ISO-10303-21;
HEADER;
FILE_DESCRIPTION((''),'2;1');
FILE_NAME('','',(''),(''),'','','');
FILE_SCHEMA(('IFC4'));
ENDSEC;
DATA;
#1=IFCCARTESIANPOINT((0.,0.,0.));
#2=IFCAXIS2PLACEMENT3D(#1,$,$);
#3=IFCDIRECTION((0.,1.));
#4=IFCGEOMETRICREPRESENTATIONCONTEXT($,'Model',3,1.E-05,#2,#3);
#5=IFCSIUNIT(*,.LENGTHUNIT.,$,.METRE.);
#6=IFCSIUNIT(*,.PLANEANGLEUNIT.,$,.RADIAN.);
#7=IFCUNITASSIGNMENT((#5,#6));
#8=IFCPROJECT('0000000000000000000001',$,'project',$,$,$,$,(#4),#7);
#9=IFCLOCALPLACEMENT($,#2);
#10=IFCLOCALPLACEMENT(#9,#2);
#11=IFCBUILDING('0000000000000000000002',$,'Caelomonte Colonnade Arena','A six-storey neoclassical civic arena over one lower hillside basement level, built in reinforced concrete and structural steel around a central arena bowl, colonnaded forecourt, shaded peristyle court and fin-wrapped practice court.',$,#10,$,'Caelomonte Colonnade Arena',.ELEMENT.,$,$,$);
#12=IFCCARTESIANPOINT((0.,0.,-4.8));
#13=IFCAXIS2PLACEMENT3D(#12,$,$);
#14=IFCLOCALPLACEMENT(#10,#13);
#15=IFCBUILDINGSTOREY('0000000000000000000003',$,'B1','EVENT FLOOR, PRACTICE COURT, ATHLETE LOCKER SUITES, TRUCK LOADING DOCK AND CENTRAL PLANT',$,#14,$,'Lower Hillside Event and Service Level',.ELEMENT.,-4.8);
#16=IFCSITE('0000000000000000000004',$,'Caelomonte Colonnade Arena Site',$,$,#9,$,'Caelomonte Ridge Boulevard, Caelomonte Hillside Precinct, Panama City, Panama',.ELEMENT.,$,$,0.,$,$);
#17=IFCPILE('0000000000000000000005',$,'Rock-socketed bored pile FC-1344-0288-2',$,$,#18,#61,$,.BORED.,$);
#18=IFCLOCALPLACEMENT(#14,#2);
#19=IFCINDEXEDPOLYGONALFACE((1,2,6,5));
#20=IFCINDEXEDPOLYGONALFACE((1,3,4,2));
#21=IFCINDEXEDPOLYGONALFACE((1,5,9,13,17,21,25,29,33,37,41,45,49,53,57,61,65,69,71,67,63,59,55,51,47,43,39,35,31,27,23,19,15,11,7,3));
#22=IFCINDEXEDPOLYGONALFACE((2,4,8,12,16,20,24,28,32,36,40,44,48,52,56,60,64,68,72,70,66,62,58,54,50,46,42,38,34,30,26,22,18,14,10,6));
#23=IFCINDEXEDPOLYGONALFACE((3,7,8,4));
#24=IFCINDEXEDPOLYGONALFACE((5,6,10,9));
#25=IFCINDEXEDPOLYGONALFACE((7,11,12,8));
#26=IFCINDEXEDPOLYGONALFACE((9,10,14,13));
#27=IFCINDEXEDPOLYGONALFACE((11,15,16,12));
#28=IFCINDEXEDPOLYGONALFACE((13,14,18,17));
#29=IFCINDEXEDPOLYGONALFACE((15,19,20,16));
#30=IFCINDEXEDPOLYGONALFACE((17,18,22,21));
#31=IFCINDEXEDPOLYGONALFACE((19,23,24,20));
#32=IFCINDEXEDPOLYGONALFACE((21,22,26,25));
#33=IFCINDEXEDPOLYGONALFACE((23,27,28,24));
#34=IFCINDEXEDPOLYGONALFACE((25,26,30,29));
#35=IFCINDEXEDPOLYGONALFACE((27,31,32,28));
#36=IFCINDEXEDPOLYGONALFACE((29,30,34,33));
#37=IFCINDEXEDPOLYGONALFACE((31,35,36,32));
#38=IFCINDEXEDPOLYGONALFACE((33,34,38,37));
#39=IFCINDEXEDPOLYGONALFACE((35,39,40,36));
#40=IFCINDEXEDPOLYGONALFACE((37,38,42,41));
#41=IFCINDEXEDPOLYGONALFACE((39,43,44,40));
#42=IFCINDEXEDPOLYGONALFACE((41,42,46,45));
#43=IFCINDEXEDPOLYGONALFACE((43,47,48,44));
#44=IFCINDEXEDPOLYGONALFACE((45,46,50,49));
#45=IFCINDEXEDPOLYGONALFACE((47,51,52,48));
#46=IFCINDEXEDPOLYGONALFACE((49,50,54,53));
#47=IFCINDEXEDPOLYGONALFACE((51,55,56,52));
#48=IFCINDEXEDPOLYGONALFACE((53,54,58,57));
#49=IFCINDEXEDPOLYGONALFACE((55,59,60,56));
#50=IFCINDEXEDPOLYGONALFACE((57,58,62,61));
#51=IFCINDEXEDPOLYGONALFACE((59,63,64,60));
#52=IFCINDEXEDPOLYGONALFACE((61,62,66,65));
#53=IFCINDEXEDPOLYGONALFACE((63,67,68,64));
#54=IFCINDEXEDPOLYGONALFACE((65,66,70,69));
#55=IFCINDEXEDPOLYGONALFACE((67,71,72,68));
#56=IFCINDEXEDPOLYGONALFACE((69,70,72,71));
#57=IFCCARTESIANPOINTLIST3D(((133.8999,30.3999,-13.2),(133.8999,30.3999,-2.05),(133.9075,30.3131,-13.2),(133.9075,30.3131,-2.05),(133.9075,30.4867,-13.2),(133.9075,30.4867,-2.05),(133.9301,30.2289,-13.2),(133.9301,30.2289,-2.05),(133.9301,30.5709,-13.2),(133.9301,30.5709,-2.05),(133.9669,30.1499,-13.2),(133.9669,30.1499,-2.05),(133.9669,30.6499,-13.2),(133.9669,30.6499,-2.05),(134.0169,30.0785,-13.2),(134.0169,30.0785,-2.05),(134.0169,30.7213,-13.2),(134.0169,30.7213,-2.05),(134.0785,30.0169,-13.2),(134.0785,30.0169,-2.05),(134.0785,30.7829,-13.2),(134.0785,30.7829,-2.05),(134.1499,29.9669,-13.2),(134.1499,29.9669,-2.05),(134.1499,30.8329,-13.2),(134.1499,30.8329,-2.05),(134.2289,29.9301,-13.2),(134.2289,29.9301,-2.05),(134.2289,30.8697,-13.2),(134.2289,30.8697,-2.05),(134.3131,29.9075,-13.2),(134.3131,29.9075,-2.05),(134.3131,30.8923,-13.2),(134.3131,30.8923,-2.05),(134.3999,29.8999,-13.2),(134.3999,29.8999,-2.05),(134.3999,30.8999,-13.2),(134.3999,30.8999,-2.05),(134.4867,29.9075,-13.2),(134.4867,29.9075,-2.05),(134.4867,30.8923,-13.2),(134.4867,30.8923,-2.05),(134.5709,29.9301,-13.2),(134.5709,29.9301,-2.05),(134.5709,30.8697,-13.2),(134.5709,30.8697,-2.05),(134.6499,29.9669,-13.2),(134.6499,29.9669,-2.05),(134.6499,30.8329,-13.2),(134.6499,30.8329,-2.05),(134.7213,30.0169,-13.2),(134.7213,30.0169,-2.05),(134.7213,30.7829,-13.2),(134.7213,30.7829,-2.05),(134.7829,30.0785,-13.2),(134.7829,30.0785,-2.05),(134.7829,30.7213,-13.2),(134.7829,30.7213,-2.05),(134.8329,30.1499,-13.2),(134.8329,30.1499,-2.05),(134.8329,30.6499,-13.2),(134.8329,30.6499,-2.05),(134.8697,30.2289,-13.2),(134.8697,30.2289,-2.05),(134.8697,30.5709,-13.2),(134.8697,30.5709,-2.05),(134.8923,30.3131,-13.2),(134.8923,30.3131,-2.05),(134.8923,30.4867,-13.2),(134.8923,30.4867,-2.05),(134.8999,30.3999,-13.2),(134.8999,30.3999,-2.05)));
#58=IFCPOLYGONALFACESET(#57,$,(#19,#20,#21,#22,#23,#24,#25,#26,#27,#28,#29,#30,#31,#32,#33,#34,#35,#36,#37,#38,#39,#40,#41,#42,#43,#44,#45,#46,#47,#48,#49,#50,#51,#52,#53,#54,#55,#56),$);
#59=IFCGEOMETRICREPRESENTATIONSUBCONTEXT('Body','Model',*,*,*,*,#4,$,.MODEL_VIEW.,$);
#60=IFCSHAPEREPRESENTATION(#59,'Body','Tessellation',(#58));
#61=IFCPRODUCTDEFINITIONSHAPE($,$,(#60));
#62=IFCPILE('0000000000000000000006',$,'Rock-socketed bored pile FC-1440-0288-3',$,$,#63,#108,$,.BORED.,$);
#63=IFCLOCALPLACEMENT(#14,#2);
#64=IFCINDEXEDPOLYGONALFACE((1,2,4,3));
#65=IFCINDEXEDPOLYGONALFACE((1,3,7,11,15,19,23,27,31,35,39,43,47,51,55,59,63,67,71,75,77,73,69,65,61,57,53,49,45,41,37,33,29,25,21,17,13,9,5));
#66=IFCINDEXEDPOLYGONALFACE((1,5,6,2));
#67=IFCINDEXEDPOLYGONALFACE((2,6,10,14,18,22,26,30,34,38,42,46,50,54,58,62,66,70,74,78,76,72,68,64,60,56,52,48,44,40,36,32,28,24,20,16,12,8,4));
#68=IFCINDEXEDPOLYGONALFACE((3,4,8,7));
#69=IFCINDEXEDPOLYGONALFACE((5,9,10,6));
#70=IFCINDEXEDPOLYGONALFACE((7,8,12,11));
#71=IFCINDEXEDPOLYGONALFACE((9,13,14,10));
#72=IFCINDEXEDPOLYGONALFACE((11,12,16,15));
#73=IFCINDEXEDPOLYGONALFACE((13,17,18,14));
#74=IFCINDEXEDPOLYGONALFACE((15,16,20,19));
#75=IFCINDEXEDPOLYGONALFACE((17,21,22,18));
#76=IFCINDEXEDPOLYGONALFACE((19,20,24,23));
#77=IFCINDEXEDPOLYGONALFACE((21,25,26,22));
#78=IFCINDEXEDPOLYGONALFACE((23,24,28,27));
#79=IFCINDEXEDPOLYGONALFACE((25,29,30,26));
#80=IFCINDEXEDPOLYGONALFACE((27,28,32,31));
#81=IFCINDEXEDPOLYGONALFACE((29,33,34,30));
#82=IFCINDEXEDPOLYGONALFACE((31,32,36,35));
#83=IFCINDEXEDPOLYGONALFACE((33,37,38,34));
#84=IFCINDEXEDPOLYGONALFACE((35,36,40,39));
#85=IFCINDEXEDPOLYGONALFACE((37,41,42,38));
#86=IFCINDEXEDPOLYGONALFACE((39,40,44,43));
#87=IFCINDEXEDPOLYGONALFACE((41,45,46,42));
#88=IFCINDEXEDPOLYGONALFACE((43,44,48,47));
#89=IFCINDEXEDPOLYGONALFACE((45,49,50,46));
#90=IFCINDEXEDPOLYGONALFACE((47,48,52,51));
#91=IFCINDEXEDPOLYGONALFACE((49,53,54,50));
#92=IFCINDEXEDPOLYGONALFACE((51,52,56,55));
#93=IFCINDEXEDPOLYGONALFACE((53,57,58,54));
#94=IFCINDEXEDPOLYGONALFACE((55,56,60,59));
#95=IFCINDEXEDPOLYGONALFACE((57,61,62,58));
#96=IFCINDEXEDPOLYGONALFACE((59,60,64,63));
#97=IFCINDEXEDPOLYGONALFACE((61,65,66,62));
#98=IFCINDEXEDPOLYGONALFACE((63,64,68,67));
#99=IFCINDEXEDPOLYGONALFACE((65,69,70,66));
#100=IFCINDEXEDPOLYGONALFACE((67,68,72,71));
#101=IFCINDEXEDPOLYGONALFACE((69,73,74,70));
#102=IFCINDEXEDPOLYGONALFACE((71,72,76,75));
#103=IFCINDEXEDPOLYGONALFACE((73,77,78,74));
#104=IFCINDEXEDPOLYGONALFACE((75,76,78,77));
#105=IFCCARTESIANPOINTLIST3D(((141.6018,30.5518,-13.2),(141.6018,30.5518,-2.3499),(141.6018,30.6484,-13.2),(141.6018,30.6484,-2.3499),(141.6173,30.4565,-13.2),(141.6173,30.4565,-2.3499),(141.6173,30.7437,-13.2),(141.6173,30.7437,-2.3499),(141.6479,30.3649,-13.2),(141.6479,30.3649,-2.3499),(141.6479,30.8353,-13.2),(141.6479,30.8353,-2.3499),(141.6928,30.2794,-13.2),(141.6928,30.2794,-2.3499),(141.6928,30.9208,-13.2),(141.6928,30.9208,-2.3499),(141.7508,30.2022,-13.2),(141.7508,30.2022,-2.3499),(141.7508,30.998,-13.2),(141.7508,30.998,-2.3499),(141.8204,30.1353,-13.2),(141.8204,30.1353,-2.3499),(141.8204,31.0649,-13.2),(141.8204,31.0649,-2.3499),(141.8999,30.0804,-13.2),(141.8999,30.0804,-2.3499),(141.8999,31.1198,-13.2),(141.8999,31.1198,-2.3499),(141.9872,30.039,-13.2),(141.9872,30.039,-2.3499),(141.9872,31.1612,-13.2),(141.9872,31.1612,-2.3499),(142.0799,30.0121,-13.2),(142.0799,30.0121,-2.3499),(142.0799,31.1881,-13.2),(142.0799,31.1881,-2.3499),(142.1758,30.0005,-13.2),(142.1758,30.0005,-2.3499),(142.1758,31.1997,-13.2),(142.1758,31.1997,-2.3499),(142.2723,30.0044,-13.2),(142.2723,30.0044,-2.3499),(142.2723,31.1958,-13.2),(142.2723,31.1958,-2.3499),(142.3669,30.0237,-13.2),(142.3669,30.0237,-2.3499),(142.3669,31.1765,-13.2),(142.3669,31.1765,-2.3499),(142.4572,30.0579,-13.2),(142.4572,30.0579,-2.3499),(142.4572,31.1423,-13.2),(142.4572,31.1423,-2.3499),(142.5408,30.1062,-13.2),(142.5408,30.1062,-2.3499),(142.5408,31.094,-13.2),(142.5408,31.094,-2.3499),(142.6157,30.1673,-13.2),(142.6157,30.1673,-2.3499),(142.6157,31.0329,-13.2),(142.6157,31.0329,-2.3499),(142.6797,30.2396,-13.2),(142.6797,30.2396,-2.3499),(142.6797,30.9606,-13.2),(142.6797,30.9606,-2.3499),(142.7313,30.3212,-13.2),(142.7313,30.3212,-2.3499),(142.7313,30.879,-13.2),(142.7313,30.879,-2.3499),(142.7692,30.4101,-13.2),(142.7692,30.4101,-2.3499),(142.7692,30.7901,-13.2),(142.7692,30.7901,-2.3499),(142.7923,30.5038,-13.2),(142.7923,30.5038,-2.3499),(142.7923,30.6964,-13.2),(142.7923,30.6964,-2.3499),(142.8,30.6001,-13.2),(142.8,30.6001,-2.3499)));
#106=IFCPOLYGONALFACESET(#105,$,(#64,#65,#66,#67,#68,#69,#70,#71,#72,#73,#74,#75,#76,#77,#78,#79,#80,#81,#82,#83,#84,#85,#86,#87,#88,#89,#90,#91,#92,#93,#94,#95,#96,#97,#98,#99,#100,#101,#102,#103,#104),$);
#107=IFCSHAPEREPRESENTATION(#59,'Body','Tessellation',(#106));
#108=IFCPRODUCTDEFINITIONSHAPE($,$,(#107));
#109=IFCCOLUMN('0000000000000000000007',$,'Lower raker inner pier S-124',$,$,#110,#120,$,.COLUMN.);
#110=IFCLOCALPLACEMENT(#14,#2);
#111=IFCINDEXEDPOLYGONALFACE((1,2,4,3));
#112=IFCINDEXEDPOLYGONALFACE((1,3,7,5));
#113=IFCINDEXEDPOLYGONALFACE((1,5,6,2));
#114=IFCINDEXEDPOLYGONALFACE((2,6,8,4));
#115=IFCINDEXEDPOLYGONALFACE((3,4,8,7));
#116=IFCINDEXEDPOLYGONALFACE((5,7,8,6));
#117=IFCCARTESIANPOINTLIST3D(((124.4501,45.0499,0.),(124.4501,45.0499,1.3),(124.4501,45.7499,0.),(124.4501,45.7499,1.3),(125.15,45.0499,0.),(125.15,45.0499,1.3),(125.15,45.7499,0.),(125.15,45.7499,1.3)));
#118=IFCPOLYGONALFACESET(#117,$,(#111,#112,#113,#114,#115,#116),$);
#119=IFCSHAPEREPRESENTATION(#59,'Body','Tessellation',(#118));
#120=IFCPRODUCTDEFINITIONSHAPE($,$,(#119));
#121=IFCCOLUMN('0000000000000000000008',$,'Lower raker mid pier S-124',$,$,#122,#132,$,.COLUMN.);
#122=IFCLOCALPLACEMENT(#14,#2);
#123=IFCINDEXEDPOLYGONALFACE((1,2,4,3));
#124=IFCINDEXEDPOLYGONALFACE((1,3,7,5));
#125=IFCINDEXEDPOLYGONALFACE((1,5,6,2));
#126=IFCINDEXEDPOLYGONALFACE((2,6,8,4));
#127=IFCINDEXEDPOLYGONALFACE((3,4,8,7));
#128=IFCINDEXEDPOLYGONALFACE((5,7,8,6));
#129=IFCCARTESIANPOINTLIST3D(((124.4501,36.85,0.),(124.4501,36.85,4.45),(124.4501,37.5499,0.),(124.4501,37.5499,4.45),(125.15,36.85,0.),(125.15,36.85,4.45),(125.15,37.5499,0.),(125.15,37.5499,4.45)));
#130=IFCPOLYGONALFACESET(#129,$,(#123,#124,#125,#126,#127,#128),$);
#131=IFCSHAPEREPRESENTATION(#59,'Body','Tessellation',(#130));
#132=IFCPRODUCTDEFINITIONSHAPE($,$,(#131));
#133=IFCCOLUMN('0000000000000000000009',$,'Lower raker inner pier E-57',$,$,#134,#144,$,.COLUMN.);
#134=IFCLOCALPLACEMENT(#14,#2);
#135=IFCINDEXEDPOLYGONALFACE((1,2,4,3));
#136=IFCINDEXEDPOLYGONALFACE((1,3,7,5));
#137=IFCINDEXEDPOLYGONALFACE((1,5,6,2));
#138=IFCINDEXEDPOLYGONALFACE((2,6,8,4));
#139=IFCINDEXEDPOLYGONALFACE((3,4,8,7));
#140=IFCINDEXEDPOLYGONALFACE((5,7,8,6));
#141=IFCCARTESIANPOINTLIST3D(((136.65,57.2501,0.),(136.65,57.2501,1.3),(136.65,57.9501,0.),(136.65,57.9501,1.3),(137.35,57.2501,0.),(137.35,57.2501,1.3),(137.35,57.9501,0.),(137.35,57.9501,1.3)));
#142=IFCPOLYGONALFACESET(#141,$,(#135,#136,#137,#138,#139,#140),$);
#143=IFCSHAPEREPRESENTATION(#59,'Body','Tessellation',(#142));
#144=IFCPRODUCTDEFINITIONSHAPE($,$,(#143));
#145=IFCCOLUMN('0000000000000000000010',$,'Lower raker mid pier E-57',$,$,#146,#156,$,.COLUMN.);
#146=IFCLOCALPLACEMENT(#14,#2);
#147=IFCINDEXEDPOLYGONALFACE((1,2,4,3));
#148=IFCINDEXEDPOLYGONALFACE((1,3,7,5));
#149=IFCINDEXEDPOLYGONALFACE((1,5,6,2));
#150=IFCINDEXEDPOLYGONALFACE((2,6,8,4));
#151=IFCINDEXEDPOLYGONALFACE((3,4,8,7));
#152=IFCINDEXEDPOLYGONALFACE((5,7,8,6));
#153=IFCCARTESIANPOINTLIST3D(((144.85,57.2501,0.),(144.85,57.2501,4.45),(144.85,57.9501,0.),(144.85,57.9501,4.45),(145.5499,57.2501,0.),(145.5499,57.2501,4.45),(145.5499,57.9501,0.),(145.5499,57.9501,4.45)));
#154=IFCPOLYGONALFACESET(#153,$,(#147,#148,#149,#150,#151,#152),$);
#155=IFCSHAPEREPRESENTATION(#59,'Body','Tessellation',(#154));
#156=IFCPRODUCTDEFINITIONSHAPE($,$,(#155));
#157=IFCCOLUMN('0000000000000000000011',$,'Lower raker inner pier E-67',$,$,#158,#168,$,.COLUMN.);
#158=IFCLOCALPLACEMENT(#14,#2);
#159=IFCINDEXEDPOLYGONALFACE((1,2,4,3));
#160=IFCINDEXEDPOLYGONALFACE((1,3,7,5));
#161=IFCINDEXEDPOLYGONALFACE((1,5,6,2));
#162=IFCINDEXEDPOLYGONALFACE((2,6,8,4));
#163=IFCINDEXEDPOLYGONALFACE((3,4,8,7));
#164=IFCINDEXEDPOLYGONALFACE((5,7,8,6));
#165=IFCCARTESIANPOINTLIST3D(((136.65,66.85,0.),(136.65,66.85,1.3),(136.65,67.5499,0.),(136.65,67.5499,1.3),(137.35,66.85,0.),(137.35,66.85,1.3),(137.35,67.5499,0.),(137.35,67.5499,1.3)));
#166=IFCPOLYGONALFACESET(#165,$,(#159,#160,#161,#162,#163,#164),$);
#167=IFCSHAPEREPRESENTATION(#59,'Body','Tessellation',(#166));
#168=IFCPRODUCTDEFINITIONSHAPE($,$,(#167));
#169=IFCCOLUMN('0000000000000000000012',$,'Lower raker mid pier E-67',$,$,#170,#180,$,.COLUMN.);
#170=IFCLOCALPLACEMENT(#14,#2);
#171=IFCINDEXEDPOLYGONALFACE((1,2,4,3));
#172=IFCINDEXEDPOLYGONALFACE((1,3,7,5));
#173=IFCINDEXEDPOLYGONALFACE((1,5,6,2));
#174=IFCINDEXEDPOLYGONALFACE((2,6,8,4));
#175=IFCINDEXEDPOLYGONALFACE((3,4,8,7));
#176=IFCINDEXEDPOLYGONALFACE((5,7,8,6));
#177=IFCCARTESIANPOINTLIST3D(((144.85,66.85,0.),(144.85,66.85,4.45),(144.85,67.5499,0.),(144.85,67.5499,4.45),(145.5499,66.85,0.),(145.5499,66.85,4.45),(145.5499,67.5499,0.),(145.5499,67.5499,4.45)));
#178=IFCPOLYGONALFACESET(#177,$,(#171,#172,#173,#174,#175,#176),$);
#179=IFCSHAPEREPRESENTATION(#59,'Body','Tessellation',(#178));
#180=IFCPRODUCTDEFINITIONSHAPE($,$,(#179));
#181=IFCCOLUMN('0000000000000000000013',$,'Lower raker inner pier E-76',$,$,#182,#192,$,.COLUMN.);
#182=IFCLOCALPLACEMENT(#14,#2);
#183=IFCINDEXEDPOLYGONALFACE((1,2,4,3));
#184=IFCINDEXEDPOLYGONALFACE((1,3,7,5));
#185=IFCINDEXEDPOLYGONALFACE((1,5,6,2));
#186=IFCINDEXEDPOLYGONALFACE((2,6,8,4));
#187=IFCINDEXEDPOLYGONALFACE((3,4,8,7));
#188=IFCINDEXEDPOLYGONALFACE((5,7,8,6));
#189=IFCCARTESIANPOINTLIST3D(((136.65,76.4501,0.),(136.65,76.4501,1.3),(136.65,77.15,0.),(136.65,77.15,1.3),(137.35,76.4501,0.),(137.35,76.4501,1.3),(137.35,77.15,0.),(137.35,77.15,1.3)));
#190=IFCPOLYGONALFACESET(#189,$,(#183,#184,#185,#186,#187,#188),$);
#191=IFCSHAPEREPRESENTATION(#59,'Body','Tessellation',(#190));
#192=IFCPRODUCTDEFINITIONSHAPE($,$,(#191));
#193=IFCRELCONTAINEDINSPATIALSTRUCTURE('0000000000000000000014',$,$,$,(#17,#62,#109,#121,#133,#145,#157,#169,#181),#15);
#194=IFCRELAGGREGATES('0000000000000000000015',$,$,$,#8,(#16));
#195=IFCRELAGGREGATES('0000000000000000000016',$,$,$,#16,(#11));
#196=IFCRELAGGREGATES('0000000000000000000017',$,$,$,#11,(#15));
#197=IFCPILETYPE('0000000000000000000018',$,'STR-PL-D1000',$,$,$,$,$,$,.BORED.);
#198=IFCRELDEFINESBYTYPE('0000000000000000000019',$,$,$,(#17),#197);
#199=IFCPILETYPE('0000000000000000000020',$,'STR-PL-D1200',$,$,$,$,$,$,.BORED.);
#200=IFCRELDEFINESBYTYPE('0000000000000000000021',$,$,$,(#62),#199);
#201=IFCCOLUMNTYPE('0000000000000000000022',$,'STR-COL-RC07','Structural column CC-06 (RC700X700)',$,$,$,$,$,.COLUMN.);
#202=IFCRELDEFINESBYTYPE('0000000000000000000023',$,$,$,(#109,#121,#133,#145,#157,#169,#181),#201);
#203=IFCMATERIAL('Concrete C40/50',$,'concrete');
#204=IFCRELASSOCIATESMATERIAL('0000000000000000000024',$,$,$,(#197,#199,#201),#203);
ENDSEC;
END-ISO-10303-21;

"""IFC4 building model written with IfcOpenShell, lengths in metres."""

from ifc_helpers import new_model, si_unit, direction, frame, origin, origin_2d, place, context, subcontext, project, spatial, rectangle, circle, extrude, material, material_profile, profile_set, type_object, element, save


model = new_model("IFC4")

# Units and contexts
model_context = context("Model", 3, precision=1e-05, world=origin(), true_north=direction((0.0, 1.0)))
body_context = subcontext(model_context, "Body", "Model", "MODEL_VIEW")
ifc_project = project(units=[si_unit("LENGTHUNIT", "METRE"), si_unit("PLANEANGLEUNIT", "RADIAN")], contexts=[model_context])

# Site, building, storey
site_placement = place(None, origin())
site = spatial("IfcSite", under=ifc_project, at=site_placement, Name="Caelomonte Colonnade Arena Site", LongName="Caelomonte Ridge Boulevard, Caelomonte Hillside Precinct, Panama City, Panama", CompositionType="ELEMENT", RefElevation=0.0)
building_placement = place(site_placement, origin())
building = spatial("IfcBuilding", under=site, at=building_placement, Name="Caelomonte Colonnade Arena", Description="A six-storey neoclassical civic arena over one lower hillside basement level, built in reinforced concrete and structural steel around a central arena bowl, colonnaded forecourt, shaded peristyle court and fin-wrapped practice court.", LongName="Caelomonte Colonnade Arena", CompositionType="ELEMENT")
storey_placement = place(building_placement, frame((0.0, 0.0, -4.8)))
storey = spatial("IfcBuildingStorey", under=building, at=storey_placement, Name="B1", Description="EVENT FLOOR, PRACTICE COURT, ATHLETE LOCKER SUITES, TRUCK LOADING DOCK AND CENTRAL PLANT", LongName="Lower Hillside Event and Service Level", CompositionType="ELEMENT", Elevation=-4.8)

# Shared definitions
ifc_material_1 = material(Name="Concrete C40/50", Category="concrete")

# Piles
ifc_material_profile_1 = material_profile(ifc_material_1, circle(Radius=0.5, at=origin_2d()), Name="PILE-D1000")
ifc_profile_set_1 = profile_set([ifc_material_profile_1], Name="Concrete C40/50")
pile_type_1 = type_object("IfcPileType", Name="STR-PL-D1000", PredefinedType="BORED", material=ifc_profile_set_1)
for number, where, z_axis, x_axis, name in (
    (1, (134.3999, 30.3999, -2.05), (0.0, 0.0, -1.0), (1.0, 0.0, 0.0), "Rock-socketed bored pile FC-1344-0288-2"),
):
    element("IfcPile", number, at=place(storey_placement, frame(where, z_axis=z_axis, x_axis=x_axis)), inside=storey, type_object=pile_type_1, Name=name, PredefinedType="BORED", context=body_context, shape_type="SweptSolid", body=[
        extrude(circle(Radius=0.5, at=origin_2d()), origin(), (0.0, 0.0, 1.0), 11.1499),
    ])
ifc_material_profile_2 = material_profile(ifc_material_1, circle(Radius=0.6001, at=origin_2d()), Name="PILE-D1200")
ifc_profile_set_2 = profile_set([ifc_material_profile_2], Name="Concrete C40/50")
pile_type_2 = type_object("IfcPileType", Name="STR-PL-D1200", PredefinedType="BORED", material=ifc_profile_set_2)
pile_placement = place(storey_placement, frame((142.2, 30.6001, -2.3499), z_axis=(0.0, 0.0, -1.0), x_axis=(1.0, 0.0, 0.0)))
element("IfcPile", 2, at=pile_placement, inside=storey, type_object=pile_type_2, Name="Rock-socketed bored pile FC-1440-0288-3", PredefinedType="BORED", context=body_context, shape_type="SweptSolid", body=[
    extrude(circle(Radius=0.6001, at=origin_2d()), origin(), (0.0, 0.0, 1.0), 10.8501),
])

# Columns
ifc_material_profile_3 = material_profile(ifc_material_1, rectangle(XDim=0.7, YDim=0.7, at=origin_2d()), Name="RC700X700")
ifc_profile_set_3 = profile_set([ifc_material_profile_3], Name="Concrete C40/50")
column_type_1 = type_object("IfcColumnType", Name="STR-COL-RC07", Description="Structural column CC-06 (RC700X700)", PredefinedType="COLUMN", material=ifc_profile_set_3)
column_1_placement = place(storey_placement, frame((124.8, 45.3999, 0.0), z_axis=(0.0, 0.0, 1.0), x_axis=(1.0, 0.0, 0.0)))
element("IfcColumn", 3, at=column_1_placement, inside=storey, type_object=column_type_1, Name="Lower raker inner pier S-124", PredefinedType="COLUMN", context=body_context, shape_type="SweptSolid", body=[
    extrude(rectangle(XDim=0.7, YDim=0.7, at=origin_2d()), origin(), (0.0, 0.0, 1.0), 1.3),
])
column_2_placement = place(storey_placement, frame((124.8, 37.2, 0.0), z_axis=(0.0, 0.0, 1.0), x_axis=(1.0, 0.0, 0.0)))
element("IfcColumn", 4, at=column_2_placement, inside=storey, type_object=column_type_1, Name="Lower raker mid pier S-124", PredefinedType="COLUMN", context=body_context, shape_type="SweptSolid", body=[
    extrude(rectangle(XDim=0.7, YDim=0.7, at=origin_2d()), origin(), (0.0, 0.0, 1.0), 4.45),
])
column_3_placement = place(storey_placement, frame((137.0, 57.6001, 0.0), z_axis=(0.0, 0.0, 1.0), x_axis=(1.0, 0.0, 0.0)))
element("IfcColumn", 5, at=column_3_placement, inside=storey, type_object=column_type_1, Name="Lower raker inner pier E-57", PredefinedType="COLUMN", context=body_context, shape_type="SweptSolid", body=[
    extrude(rectangle(XDim=0.7, YDim=0.7, at=origin_2d()), origin(), (0.0, 0.0, 1.0), 1.3),
])
column_4_placement = place(storey_placement, frame((145.2, 57.6001, 0.0), z_axis=(0.0, 0.0, 1.0), x_axis=(1.0, 0.0, 0.0)))
element("IfcColumn", 6, at=column_4_placement, inside=storey, type_object=column_type_1, Name="Lower raker mid pier E-57", PredefinedType="COLUMN", context=body_context, shape_type="SweptSolid", body=[
    extrude(rectangle(XDim=0.7, YDim=0.7, at=origin_2d()), origin(), (0.0, 0.0, 1.0), 4.45),
])
column_5_placement = place(storey_placement, frame((137.0, 67.2, 0.0), z_axis=(0.0, 0.0, 1.0), x_axis=(1.0, 0.0, 0.0)))
element("IfcColumn", 7, at=column_5_placement, inside=storey, type_object=column_type_1, Name="Lower raker inner pier E-67", PredefinedType="COLUMN", context=body_context, shape_type="SweptSolid", body=[
    extrude(rectangle(XDim=0.7, YDim=0.7, at=origin_2d()), origin(), (0.0, 0.0, 1.0), 1.3),
])
column_6_placement = place(storey_placement, frame((145.2, 67.2, 0.0), z_axis=(0.0, 0.0, 1.0), x_axis=(1.0, 0.0, 0.0)))
element("IfcColumn", 8, at=column_6_placement, inside=storey, type_object=column_type_1, Name="Lower raker mid pier E-67", PredefinedType="COLUMN", context=body_context, shape_type="SweptSolid", body=[
    extrude(rectangle(XDim=0.7, YDim=0.7, at=origin_2d()), origin(), (0.0, 0.0, 1.0), 4.45),
])
column_7_placement = place(storey_placement, frame((137.0, 76.8, 0.0), z_axis=(0.0, 0.0, 1.0), x_axis=(1.0, 0.0, 0.0)))
element("IfcColumn", 9, at=column_7_placement, inside=storey, type_object=column_type_1, Name="Lower raker inner pier E-76", PredefinedType="COLUMN", context=body_context, shape_type="SweptSolid", body=[
    extrude(rectangle(XDim=0.7, YDim=0.7, at=origin_2d()), origin(), (0.0, 0.0, 1.0), 1.3),
])

save(model, "model.ifc")
